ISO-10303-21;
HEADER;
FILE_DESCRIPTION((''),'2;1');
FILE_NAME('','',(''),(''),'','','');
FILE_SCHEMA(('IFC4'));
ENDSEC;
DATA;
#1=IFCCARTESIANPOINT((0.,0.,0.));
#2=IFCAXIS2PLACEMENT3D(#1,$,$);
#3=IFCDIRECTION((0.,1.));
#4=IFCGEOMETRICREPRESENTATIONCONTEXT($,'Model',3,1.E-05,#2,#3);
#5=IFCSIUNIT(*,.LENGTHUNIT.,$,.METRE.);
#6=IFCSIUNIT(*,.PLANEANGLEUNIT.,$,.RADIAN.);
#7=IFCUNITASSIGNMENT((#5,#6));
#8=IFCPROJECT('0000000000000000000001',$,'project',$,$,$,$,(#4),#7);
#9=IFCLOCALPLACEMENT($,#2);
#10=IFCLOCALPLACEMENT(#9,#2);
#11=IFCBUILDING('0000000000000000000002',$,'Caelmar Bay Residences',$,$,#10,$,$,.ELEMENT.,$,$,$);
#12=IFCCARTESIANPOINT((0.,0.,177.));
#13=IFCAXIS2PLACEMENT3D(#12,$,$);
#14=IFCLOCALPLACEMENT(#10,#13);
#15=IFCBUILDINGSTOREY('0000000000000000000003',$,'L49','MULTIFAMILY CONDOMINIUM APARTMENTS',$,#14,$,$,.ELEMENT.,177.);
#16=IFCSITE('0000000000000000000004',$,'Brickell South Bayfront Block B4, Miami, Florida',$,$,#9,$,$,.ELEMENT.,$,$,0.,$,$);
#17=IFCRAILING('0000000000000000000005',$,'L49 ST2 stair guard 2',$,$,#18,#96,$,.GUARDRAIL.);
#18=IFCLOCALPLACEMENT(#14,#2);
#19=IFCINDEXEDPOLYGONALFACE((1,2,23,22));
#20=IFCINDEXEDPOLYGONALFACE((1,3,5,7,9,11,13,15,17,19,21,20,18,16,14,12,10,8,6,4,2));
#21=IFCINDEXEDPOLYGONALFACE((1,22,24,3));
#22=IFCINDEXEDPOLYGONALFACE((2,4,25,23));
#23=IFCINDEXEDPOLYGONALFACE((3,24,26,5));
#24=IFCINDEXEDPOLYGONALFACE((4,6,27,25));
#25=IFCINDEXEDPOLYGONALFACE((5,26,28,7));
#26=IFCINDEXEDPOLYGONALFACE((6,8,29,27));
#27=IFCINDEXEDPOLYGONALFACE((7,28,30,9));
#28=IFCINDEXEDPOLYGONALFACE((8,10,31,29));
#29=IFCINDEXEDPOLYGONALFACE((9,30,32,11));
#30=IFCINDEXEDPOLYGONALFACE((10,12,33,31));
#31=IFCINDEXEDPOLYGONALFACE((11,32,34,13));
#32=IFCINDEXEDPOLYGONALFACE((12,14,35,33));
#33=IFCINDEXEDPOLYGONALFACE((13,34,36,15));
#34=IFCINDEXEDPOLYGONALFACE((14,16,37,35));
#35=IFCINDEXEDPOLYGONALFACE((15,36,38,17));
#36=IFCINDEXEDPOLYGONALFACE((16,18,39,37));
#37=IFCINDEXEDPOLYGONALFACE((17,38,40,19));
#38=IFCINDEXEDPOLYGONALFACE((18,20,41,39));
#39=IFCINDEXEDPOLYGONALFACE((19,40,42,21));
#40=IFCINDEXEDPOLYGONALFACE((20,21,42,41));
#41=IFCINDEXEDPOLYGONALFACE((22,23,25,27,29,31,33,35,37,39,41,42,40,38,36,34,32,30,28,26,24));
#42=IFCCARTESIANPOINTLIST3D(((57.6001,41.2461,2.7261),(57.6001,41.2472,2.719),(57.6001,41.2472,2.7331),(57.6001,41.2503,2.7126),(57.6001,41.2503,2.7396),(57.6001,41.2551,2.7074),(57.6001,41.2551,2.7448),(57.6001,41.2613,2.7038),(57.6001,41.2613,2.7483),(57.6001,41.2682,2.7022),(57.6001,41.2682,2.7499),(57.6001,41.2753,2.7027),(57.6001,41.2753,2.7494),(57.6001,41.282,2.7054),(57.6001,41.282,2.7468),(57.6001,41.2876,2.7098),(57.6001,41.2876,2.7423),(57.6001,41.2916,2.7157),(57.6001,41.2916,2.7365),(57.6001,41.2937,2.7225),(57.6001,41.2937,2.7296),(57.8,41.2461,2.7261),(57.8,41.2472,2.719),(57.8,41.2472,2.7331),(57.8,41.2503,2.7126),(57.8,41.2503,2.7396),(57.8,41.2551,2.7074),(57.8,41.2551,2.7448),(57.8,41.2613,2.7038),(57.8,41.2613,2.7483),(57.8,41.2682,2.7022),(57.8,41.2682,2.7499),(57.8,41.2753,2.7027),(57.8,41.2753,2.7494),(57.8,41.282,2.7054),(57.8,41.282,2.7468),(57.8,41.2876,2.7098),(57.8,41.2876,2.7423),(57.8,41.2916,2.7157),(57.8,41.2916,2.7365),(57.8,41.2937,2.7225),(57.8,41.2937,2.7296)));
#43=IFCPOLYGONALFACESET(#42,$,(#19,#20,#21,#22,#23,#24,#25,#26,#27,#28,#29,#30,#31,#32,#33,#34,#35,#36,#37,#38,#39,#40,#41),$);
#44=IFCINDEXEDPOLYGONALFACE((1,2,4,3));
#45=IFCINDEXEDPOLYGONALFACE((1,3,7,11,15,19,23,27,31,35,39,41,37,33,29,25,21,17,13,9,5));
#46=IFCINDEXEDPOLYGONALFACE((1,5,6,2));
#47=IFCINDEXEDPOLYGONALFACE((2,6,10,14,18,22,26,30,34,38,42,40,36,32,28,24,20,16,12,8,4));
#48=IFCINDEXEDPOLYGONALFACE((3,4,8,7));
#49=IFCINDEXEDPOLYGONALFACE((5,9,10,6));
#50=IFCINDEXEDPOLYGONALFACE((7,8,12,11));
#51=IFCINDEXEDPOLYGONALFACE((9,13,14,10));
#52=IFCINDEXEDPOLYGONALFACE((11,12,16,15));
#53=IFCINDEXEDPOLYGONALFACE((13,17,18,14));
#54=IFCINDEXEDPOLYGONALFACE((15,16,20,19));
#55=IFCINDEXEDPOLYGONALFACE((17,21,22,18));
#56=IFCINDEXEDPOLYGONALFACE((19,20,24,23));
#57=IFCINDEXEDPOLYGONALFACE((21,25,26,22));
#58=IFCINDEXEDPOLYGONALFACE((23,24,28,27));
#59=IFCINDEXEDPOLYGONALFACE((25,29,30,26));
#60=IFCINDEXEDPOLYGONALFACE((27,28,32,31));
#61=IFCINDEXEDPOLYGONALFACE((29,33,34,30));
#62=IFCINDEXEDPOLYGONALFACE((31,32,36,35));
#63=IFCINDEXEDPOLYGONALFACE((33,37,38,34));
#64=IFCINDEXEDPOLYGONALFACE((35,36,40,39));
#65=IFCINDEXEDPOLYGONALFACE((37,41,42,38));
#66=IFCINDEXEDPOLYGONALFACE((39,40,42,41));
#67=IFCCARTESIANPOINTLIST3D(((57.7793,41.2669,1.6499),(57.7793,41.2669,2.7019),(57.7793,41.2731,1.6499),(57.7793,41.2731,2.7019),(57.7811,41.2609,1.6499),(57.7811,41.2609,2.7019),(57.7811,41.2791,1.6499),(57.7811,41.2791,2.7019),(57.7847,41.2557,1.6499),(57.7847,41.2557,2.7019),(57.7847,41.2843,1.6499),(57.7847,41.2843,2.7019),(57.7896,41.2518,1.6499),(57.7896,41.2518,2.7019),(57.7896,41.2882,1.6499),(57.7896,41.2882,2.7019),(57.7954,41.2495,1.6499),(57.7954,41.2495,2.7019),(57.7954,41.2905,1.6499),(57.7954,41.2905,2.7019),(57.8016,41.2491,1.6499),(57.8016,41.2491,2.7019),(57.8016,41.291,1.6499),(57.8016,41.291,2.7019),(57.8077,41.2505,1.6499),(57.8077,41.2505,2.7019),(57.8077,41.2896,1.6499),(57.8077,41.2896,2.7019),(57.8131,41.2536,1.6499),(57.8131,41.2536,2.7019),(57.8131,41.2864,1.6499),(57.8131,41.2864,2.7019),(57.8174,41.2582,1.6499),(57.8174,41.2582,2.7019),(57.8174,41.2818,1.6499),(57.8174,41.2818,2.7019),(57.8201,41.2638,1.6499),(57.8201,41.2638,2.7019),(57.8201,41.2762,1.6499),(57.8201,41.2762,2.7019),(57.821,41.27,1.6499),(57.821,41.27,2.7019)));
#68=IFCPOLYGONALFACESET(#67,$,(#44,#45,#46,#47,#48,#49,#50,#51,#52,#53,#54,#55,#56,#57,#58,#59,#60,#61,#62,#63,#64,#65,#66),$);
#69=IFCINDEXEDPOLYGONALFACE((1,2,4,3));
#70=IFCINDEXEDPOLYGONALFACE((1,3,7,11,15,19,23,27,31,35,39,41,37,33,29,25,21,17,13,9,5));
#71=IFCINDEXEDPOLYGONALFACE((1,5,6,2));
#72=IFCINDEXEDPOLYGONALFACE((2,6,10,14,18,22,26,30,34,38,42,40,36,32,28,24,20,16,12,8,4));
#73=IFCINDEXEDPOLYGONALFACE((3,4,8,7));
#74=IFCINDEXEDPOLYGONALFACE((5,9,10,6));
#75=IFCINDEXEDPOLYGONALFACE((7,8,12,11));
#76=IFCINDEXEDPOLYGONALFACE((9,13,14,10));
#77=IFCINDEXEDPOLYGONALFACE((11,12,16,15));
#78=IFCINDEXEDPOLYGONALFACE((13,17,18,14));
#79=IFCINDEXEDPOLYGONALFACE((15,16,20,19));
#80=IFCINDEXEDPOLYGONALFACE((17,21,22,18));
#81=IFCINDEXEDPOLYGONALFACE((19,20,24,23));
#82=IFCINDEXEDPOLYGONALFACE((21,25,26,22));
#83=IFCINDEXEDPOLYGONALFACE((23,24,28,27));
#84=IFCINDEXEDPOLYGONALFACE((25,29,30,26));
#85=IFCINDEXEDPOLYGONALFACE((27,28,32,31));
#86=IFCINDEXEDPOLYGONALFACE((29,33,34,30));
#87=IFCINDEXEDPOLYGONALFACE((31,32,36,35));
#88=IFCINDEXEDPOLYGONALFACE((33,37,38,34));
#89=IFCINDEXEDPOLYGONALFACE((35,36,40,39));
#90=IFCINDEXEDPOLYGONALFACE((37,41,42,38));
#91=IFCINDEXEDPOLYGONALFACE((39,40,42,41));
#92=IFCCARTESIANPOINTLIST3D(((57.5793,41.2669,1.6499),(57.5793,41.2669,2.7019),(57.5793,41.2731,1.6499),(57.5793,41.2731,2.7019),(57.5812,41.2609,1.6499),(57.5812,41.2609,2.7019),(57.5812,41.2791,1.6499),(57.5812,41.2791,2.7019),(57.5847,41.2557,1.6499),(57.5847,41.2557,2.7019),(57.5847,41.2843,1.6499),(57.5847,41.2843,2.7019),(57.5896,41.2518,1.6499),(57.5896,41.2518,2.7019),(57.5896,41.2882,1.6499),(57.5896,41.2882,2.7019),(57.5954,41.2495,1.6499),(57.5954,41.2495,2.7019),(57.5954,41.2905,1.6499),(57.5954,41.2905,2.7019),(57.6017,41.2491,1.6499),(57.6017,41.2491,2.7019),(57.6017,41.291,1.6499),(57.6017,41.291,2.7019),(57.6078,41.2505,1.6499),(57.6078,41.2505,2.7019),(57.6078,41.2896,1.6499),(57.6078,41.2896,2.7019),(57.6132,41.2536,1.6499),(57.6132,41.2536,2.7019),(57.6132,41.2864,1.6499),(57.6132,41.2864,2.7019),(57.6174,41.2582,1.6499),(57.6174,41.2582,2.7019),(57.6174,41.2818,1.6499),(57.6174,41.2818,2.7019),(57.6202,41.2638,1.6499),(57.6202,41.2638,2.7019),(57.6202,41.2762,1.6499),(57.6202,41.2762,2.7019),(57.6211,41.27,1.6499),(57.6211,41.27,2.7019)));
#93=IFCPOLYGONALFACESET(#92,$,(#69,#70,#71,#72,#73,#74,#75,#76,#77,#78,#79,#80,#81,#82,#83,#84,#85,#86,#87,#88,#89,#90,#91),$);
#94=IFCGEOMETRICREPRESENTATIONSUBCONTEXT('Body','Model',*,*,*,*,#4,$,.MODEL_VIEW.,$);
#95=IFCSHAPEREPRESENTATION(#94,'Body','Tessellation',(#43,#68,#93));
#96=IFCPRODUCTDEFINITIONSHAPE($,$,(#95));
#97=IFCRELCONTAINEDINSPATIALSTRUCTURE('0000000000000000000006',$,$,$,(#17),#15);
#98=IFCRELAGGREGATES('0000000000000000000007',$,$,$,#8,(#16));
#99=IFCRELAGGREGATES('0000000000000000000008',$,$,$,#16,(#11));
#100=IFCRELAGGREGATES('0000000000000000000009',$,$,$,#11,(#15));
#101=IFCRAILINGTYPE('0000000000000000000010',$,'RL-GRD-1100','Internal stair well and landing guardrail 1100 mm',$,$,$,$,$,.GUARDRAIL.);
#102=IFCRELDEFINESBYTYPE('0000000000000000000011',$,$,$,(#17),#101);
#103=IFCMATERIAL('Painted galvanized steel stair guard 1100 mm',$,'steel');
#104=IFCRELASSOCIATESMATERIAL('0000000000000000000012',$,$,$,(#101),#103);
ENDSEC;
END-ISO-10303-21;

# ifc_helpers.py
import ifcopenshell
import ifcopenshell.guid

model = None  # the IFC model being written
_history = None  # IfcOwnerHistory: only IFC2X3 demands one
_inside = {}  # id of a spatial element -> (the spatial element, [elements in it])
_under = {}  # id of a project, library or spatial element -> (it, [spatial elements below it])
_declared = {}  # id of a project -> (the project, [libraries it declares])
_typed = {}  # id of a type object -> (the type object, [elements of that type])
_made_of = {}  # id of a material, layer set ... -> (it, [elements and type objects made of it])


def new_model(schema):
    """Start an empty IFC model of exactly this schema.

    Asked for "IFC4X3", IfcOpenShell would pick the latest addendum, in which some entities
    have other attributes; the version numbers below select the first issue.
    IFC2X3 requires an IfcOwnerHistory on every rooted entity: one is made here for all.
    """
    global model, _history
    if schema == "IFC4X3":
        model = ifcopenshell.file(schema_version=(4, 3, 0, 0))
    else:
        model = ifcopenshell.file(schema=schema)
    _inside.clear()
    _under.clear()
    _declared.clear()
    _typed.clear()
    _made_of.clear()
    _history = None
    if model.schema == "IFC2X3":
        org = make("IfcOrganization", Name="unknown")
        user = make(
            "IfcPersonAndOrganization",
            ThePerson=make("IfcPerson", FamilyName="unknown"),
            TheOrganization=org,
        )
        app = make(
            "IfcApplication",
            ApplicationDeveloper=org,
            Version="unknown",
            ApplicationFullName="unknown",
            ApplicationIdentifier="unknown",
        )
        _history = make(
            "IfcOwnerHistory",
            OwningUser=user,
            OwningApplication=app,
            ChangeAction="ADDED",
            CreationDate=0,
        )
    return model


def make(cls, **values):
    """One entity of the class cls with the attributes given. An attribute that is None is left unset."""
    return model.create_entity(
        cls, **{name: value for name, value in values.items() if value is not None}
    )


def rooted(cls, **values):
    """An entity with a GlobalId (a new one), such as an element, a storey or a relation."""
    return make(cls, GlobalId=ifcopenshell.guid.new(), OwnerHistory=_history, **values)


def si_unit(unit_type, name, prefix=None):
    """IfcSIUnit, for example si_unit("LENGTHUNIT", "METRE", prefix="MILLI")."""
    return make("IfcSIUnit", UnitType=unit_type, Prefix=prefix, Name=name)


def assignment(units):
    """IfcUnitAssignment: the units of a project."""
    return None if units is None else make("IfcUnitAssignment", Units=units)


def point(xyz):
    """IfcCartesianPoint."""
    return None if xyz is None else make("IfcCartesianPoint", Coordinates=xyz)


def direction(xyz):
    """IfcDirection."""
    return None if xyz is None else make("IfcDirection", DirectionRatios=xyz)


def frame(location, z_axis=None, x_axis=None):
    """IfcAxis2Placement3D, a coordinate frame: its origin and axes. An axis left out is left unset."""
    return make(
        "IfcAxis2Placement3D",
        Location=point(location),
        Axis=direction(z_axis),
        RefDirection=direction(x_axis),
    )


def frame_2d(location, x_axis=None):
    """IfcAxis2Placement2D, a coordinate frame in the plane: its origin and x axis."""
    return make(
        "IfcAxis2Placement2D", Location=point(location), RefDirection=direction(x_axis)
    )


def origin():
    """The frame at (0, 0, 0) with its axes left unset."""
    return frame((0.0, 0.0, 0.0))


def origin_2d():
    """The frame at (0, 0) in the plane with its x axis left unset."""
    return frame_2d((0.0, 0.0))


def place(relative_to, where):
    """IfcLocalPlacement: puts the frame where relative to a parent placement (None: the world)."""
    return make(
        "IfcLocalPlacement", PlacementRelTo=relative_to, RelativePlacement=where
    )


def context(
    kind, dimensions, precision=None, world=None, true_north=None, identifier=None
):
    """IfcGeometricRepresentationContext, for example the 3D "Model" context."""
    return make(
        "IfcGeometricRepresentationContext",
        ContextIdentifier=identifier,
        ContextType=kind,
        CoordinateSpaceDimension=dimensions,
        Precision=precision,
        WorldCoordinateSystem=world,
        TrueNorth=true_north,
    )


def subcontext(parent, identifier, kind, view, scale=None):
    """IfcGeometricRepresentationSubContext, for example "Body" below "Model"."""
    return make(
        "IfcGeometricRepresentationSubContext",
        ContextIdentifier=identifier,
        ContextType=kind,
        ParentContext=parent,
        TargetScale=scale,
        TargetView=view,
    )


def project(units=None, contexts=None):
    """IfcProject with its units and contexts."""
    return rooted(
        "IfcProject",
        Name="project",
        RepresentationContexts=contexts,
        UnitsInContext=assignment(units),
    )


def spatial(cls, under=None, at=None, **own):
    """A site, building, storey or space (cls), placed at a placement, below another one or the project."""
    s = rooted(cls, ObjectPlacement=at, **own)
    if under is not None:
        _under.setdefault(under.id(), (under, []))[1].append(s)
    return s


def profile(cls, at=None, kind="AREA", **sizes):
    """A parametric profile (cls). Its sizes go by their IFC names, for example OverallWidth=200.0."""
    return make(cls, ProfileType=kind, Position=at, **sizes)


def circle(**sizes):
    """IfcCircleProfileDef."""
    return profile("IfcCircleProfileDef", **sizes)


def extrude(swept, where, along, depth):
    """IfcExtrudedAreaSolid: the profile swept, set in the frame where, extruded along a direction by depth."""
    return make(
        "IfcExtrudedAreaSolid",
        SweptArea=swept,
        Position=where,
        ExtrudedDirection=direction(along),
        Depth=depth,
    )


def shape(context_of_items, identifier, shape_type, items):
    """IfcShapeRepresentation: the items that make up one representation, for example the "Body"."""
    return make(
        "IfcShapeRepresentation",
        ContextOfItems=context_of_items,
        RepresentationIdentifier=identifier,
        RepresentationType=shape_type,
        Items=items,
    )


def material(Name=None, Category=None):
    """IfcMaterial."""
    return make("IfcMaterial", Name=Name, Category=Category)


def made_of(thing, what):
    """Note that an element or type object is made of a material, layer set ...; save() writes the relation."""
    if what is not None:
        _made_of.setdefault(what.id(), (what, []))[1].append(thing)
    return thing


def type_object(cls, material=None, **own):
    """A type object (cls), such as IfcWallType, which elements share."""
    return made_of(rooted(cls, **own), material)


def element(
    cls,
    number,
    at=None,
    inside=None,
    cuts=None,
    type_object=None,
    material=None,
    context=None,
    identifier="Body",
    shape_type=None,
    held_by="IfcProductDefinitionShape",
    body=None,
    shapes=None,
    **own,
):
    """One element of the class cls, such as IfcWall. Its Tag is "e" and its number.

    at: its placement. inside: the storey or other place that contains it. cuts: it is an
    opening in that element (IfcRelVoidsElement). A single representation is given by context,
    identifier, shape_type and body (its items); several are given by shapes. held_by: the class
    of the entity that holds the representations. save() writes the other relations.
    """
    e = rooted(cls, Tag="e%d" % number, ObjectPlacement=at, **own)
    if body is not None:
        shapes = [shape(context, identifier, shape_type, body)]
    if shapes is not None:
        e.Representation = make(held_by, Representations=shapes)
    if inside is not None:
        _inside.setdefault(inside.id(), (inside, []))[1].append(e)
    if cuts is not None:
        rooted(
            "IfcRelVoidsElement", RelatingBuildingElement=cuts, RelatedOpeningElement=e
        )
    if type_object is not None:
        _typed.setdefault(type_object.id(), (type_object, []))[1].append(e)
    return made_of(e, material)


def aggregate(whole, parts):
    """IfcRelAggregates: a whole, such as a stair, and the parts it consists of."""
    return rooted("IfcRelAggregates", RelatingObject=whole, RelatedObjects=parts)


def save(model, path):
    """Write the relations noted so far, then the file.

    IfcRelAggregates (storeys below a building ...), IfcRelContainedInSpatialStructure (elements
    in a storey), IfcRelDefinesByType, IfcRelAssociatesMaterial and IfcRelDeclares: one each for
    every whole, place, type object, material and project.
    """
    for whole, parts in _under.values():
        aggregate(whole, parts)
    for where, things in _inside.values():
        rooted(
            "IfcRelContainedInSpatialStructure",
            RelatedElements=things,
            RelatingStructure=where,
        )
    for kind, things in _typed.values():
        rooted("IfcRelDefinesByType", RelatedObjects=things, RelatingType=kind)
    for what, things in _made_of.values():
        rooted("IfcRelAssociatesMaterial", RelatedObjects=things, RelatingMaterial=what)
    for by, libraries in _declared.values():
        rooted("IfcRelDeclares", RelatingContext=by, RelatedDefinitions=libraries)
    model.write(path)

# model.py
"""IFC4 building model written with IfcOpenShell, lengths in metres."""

from ifc_helpers import new_model, si_unit, direction, frame, origin, origin_2d, place, context, subcontext, project, spatial, circle, extrude, material, type_object, element, save


model = new_model("IFC4")

# Units and contexts
model_context = context("Model", 3, precision=1e-05, world=origin(), true_north=direction((0.0, 1.0)))
body_context = subcontext(model_context, "Body", "Model", "MODEL_VIEW")
ifc_project = project(units=[si_unit("LENGTHUNIT", "METRE"), si_unit("PLANEANGLEUNIT", "RADIAN")], contexts=[model_context])

# Site, building, storey
site_placement = place(None, origin())
site = spatial("IfcSite", under=ifc_project, at=site_placement, Name="Brickell South Bayfront Block B4, Miami, Florida", CompositionType="ELEMENT", RefElevation=0.0)
building_placement = place(site_placement, origin())
building = spatial("IfcBuilding", under=site, at=building_placement, Name="Caelmar Bay Residences", CompositionType="ELEMENT")
storey_placement = place(building_placement, frame((0.0, 0.0, 177.0)))
storey = spatial("IfcBuildingStorey", under=building, at=storey_placement, Name="L49", Description="MULTIFAMILY CONDOMINIUM APARTMENTS", CompositionType="ELEMENT", Elevation=177.0)

# Railing
ifc_material_1 = material(Name="Painted galvanized steel stair guard 1100 mm", Category="steel")
railing_type_1 = type_object("IfcRailingType", Name="RL-GRD-1100", Description="Internal stair well and landing guardrail 1100 mm", PredefinedType="GUARDRAIL", material=ifc_material_1)
railing_1_placement = place(storey_placement, frame((57.8, 41.27, 1.6499)))
element("IfcRailing", 1, at=railing_1_placement, inside=storey, type_object=railing_type_1, Name="L49 ST2 stair guard 2", PredefinedType="GUARDRAIL", context=body_context, shape_type="SweptSolid", body=[
    extrude(circle(Radius=0.0239, at=origin_2d()), frame((0.0, 0.0, 1.0762), z_axis=(-1.0, 0.0, 0.0), x_axis=(0.0, -1.0, 0.0)), (0.0, 0.0, 1.0), 0.2),
    extrude(circle(Radius=0.021, at=origin_2d()), origin(), (0.0, 0.0, 1.0), 1.052),
    extrude(circle(Radius=0.021, at=origin_2d()), frame((-0.2, 0.0, 0.0)), (0.0, 0.0, 1.0), 1.052),
])

save(model, "model.ifc")
